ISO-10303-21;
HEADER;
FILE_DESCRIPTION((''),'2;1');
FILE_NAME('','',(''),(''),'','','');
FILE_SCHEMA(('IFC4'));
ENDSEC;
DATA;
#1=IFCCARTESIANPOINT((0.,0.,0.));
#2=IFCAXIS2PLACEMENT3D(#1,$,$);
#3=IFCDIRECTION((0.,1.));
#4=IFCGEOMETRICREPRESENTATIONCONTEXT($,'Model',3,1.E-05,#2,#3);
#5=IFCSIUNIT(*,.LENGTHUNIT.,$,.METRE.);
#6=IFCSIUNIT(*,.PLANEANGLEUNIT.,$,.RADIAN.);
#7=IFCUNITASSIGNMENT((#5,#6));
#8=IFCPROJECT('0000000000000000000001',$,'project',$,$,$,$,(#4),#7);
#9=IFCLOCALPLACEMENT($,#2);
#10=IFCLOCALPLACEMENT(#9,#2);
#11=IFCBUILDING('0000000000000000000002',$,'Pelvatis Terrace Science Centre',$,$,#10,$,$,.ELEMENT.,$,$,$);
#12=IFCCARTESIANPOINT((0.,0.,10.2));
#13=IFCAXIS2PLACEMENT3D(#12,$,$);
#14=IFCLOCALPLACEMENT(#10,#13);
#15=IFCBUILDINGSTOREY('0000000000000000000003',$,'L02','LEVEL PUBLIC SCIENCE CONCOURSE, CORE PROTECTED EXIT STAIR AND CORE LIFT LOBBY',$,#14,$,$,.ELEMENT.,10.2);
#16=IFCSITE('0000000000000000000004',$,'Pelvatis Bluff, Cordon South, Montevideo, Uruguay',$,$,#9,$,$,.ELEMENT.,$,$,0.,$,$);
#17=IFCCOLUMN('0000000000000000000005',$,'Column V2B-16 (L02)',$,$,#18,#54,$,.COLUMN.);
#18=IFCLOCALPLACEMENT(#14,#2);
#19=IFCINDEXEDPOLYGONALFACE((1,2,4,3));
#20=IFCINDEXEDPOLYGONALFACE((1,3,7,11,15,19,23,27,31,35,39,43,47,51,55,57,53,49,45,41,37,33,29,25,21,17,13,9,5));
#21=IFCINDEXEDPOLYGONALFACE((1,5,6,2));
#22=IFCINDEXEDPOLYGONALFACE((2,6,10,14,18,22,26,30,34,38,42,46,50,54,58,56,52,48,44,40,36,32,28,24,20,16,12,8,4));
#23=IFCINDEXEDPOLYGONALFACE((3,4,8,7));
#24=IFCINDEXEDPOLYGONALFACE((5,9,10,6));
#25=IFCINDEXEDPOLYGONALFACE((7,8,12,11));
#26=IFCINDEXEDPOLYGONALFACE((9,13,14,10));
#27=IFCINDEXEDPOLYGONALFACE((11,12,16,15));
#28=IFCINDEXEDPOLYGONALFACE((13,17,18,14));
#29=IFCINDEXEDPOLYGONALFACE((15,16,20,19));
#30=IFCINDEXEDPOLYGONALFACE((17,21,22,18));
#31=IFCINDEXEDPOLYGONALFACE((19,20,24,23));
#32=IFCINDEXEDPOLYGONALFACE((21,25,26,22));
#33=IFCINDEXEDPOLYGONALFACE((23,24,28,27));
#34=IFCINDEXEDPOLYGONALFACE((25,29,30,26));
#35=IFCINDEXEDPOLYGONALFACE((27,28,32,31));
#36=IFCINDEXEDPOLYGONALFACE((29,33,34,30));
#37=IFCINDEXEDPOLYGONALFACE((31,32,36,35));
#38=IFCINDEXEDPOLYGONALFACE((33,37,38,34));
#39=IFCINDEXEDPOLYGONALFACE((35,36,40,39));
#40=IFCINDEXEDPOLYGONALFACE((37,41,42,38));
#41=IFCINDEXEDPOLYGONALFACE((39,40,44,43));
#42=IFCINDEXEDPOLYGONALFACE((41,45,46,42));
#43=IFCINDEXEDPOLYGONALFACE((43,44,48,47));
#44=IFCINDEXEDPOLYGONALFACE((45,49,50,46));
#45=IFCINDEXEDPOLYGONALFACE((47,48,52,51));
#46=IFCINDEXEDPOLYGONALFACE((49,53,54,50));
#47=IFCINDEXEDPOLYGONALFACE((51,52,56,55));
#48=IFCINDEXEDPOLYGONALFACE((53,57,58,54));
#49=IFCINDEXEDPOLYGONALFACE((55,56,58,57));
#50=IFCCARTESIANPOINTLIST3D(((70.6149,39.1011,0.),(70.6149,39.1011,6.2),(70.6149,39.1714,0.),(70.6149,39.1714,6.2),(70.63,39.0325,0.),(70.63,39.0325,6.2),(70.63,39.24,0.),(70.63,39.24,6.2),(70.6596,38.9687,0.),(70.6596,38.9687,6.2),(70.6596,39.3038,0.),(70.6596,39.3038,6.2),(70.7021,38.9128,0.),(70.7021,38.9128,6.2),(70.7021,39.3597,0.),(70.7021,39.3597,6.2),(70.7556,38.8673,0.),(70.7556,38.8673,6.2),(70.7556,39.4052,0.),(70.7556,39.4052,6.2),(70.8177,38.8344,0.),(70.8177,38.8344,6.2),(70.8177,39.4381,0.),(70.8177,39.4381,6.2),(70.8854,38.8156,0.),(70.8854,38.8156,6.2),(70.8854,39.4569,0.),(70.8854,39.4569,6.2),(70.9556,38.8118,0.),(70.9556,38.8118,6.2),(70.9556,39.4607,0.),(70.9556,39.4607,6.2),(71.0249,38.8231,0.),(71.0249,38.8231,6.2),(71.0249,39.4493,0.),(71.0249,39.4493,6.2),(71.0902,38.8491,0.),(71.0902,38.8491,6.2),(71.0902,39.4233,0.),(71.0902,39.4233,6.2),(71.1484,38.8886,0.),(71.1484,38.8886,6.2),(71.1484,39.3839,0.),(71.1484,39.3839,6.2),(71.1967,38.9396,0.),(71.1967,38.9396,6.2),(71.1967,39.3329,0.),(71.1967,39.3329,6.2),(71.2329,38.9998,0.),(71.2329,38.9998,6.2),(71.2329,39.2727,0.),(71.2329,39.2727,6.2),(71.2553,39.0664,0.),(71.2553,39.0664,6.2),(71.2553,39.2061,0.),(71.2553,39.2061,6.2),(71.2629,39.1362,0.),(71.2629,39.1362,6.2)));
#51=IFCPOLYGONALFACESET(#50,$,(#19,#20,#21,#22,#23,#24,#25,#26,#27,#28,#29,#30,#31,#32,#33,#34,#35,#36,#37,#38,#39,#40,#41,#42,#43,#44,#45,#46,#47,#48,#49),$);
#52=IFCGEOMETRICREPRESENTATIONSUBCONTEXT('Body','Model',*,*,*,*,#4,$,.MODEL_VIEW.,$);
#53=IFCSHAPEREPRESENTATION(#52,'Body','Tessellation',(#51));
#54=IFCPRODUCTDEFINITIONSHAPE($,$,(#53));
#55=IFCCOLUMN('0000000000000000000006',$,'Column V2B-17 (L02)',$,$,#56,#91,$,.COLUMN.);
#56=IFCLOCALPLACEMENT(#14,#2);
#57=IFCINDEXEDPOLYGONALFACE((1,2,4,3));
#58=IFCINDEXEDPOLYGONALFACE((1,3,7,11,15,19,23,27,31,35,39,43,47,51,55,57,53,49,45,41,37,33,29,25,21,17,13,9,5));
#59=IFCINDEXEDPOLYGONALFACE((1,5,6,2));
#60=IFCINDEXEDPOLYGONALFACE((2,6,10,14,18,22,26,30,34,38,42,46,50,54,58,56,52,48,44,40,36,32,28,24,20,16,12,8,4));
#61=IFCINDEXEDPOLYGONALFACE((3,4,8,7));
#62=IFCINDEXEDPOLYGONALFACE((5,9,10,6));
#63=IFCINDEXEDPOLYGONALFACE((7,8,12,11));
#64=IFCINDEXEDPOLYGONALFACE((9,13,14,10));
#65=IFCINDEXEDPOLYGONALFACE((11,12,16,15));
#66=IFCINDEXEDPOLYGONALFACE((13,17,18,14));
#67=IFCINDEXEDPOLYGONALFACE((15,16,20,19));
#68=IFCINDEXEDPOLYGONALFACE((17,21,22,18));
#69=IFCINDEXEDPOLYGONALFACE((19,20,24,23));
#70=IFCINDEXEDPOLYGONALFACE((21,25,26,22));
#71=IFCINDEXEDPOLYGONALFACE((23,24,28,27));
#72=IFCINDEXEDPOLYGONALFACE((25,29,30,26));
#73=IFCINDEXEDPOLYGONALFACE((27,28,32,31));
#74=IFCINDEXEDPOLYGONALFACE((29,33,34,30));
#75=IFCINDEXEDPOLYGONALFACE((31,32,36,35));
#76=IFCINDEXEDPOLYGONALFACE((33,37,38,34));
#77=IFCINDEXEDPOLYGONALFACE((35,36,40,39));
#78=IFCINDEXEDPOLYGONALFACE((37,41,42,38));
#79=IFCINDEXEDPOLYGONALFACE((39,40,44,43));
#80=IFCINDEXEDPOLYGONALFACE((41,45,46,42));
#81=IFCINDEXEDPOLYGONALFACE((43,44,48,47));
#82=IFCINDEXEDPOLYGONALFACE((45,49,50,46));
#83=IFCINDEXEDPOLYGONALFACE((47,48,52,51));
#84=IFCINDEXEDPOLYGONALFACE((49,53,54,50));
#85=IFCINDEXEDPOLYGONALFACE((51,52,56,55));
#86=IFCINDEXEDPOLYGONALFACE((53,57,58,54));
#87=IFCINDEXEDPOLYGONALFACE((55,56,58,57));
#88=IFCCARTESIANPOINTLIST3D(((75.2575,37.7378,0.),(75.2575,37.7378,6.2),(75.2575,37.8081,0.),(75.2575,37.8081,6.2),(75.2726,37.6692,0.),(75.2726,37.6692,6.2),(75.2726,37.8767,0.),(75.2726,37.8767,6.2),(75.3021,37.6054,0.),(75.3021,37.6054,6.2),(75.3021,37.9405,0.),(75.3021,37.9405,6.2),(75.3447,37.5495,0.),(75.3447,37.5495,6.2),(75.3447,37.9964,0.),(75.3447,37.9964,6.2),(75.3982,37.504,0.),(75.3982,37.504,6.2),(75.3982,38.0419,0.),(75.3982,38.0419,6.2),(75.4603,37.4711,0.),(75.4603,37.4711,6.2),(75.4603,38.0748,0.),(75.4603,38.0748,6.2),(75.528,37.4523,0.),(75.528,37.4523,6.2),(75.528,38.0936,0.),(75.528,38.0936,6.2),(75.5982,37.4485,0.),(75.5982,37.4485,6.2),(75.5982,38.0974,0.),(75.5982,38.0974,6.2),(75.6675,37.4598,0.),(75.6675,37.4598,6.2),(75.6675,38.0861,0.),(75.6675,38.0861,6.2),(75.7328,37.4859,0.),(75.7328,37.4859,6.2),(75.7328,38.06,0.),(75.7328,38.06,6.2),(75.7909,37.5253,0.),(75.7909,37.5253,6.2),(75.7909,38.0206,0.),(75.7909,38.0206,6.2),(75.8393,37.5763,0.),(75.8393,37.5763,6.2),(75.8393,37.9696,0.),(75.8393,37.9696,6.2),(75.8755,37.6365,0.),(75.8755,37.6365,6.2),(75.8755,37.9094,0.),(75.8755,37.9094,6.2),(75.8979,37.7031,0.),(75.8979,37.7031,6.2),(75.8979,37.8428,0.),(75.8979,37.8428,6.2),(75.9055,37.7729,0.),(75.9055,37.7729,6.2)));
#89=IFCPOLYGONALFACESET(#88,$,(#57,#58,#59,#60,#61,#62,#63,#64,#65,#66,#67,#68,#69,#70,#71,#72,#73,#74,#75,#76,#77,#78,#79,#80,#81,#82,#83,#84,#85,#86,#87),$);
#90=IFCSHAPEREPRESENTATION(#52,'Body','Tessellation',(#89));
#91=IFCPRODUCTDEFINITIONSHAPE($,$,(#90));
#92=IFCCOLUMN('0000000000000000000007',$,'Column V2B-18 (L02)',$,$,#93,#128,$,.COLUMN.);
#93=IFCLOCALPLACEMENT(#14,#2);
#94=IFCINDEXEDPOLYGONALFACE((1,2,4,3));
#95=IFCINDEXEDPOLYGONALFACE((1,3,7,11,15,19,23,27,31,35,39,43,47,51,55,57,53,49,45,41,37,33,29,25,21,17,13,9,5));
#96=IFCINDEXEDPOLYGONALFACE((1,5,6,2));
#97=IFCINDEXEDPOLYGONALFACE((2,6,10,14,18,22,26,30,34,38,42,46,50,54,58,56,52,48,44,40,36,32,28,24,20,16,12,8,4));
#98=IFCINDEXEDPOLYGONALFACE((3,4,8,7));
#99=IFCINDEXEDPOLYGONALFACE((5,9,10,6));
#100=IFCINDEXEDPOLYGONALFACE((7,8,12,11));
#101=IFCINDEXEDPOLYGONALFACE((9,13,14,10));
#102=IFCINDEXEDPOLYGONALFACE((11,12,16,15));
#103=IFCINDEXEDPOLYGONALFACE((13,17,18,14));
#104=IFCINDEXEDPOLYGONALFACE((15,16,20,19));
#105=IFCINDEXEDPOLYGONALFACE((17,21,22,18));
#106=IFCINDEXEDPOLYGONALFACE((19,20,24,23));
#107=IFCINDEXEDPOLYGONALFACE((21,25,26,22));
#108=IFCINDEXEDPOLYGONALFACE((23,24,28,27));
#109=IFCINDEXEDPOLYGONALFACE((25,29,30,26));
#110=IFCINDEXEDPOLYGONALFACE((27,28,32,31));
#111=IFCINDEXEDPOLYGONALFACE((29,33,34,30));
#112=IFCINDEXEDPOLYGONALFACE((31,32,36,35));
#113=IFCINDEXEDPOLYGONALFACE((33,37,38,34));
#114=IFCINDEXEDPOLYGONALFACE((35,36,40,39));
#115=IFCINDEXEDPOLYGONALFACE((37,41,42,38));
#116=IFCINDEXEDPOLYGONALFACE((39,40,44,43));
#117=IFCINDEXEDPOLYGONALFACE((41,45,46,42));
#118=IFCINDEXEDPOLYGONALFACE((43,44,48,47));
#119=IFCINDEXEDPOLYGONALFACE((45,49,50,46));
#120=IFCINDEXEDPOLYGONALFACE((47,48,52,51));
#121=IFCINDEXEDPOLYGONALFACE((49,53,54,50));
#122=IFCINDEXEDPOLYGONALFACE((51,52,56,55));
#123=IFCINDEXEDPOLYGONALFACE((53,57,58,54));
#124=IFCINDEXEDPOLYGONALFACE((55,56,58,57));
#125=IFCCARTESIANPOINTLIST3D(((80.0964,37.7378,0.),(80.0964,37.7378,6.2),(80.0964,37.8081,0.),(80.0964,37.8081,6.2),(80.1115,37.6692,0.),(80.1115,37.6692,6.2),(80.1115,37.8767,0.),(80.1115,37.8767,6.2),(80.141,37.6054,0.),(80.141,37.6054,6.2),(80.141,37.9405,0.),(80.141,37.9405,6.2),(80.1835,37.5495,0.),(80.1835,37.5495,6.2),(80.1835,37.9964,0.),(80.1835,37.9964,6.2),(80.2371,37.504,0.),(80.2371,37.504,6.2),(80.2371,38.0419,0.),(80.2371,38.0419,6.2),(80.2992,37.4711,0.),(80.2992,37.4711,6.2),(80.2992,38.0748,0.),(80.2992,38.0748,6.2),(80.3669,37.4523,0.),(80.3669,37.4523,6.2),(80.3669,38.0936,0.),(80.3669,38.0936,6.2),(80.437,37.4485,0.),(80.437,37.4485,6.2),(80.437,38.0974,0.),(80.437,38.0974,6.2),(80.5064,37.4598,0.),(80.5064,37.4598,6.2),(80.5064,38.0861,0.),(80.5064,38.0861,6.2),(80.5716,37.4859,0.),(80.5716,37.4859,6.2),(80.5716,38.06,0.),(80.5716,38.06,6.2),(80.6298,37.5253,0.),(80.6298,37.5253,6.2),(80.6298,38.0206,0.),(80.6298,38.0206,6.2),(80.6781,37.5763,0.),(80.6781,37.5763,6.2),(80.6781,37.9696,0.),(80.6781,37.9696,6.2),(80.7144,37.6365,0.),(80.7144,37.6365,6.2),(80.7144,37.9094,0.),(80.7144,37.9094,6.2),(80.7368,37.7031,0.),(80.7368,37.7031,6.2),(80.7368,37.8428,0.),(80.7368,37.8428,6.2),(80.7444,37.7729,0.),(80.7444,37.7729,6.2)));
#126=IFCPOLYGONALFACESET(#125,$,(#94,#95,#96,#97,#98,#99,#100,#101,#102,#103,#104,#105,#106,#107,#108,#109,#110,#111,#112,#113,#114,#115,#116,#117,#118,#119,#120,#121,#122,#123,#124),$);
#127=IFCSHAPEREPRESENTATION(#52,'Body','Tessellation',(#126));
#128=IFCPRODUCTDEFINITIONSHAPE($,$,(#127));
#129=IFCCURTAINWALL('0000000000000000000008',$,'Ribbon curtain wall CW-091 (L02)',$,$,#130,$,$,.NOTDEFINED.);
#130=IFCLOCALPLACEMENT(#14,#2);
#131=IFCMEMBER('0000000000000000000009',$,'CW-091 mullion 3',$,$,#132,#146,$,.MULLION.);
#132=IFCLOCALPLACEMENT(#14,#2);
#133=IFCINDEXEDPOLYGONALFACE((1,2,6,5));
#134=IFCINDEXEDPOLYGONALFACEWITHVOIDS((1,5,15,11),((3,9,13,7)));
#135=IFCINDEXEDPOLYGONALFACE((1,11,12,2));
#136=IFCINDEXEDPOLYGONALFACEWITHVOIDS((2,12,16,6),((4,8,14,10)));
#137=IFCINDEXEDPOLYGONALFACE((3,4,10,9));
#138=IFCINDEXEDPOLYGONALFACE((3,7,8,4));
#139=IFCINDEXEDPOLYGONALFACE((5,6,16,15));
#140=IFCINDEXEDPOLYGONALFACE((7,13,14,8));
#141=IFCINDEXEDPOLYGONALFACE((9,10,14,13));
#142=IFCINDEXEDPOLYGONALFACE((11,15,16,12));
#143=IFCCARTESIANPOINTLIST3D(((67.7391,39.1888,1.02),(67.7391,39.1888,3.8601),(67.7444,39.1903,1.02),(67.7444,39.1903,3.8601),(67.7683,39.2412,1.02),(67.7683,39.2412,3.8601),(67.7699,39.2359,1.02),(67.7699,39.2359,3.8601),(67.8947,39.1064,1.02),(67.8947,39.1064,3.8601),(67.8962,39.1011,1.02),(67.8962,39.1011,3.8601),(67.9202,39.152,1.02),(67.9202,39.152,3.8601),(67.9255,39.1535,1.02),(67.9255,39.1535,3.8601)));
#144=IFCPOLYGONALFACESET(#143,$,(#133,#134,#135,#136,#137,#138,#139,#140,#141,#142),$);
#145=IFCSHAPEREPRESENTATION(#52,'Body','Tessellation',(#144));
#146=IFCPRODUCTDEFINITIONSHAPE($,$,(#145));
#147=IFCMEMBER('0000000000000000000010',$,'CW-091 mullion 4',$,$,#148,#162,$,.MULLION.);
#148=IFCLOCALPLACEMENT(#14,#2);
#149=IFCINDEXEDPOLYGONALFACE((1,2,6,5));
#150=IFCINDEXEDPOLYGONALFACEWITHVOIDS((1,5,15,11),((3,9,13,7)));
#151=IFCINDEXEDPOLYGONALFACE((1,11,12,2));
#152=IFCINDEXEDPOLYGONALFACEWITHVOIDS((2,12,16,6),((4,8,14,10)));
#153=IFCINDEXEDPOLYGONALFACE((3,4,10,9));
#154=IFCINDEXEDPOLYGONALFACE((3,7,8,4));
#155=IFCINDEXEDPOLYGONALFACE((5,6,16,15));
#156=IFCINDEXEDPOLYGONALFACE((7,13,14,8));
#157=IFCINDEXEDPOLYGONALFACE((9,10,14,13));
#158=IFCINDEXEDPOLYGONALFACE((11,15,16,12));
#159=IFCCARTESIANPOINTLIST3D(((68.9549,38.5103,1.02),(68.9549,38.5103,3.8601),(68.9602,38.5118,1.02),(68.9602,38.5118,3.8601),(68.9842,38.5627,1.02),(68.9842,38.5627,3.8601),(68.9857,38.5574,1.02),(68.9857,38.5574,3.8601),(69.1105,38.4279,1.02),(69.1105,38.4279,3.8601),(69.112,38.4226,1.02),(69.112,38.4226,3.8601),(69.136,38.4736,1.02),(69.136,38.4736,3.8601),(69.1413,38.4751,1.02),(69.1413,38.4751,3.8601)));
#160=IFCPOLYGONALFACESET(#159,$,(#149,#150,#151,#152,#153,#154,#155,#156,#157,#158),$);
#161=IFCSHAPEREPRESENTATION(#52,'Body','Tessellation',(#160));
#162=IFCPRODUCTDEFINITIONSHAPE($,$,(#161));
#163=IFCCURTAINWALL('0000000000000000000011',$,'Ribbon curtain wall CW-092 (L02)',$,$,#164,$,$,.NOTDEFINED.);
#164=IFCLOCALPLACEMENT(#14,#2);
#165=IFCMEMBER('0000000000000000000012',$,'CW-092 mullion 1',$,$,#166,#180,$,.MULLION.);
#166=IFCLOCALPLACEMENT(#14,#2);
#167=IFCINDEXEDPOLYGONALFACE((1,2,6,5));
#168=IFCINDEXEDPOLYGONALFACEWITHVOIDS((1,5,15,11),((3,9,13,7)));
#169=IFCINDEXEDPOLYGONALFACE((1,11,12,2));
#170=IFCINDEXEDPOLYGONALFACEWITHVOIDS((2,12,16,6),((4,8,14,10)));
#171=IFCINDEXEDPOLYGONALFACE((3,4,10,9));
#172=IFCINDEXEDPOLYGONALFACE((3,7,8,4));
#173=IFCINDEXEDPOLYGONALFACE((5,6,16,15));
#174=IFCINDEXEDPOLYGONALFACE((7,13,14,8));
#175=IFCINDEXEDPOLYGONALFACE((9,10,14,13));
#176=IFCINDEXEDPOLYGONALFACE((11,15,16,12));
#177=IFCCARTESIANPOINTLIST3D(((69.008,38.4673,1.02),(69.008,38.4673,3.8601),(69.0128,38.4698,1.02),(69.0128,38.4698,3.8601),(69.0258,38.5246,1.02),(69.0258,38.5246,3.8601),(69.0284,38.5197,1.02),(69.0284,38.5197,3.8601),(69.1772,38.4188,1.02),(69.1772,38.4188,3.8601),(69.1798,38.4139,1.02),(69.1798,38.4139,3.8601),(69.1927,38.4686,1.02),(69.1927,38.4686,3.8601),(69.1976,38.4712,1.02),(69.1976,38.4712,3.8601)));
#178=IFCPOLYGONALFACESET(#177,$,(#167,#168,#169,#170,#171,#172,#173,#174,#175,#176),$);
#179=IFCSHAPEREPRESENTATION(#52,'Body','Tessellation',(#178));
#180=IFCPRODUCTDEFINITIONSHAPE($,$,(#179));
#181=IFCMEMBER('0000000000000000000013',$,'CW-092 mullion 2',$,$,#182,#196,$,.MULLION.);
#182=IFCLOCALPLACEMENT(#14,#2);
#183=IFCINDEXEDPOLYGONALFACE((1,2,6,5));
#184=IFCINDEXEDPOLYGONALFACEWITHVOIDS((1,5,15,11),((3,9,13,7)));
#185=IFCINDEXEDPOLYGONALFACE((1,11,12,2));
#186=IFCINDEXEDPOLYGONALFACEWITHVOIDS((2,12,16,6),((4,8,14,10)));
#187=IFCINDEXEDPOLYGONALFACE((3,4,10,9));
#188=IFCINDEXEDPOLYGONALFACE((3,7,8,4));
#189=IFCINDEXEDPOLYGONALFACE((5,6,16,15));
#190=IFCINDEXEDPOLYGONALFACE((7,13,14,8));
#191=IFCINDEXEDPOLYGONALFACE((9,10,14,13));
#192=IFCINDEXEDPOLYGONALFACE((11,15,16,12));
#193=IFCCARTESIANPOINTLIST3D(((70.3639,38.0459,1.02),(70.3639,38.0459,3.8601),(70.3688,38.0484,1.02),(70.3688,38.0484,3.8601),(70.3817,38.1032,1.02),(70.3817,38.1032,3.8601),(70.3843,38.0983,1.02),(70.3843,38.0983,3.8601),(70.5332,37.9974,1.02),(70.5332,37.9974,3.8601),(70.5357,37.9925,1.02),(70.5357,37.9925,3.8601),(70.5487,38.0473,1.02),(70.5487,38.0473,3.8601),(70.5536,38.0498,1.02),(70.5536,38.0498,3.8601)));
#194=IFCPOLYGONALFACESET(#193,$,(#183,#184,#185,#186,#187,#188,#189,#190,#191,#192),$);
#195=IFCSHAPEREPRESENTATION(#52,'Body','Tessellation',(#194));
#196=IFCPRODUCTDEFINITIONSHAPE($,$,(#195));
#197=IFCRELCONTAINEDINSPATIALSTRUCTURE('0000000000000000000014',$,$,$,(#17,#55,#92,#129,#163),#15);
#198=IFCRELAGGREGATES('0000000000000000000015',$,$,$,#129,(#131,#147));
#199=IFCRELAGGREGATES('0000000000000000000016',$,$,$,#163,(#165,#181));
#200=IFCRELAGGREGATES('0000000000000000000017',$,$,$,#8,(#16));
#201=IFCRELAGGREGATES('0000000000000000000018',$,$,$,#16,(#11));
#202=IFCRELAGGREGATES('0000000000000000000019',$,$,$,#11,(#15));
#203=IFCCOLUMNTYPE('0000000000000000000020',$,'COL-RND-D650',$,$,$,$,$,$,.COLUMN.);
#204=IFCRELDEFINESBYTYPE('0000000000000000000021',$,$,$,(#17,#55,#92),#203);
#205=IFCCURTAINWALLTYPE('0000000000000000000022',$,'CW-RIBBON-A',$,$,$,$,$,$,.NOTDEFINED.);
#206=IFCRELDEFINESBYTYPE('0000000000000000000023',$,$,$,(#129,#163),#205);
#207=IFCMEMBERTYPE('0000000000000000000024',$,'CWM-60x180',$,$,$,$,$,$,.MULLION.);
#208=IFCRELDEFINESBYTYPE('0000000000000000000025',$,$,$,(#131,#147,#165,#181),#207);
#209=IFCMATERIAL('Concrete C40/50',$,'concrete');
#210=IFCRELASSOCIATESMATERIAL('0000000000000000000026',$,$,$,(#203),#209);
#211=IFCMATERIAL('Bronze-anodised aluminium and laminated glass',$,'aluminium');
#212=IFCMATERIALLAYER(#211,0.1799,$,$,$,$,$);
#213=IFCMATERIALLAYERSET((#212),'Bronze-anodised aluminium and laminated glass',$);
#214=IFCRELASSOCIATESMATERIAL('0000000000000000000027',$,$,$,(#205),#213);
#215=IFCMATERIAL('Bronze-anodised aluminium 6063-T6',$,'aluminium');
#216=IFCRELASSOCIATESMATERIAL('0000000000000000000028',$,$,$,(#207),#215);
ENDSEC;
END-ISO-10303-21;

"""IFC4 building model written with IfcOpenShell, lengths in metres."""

from ifc_helpers import new_model, si_unit, direction, frame, origin, origin_2d, place, context, subcontext, project, spatial, hollow_rectangle, circle, extrude, material, layer, layer_set, material_profile, profile_set, type_object, element, aggregate, save


model = new_model("IFC4")

# Units and contexts
model_context = context("Model", 3, precision=1e-05, world=origin(), true_north=direction((0.0, 1.0)))
body_context = subcontext(model_context, "Body", "Model", "MODEL_VIEW")
ifc_project = project(units=[si_unit("LENGTHUNIT", "METRE"), si_unit("PLANEANGLEUNIT", "RADIAN")], contexts=[model_context])

# Site, building, storey
site_placement = place(None, origin())
site = spatial("IfcSite", under=ifc_project, at=site_placement, Name="Pelvatis Bluff, Cordon South, Montevideo, Uruguay", CompositionType="ELEMENT", RefElevation=0.0)
building_placement = place(site_placement, origin())
building = spatial("IfcBuilding", under=site, at=building_placement, Name="Pelvatis Terrace Science Centre", CompositionType="ELEMENT")
storey_placement = place(building_placement, frame((0.0, 0.0, 10.2)))
storey = spatial("IfcBuildingStorey", under=building, at=storey_placement, Name="L02", Description="LEVEL PUBLIC SCIENCE CONCOURSE, CORE PROTECTED EXIT STAIR AND CORE LIFT LOBBY", CompositionType="ELEMENT", Elevation=10.2)

# Columns
ifc_material_1 = material(Name="Concrete C40/50", Category="concrete")
ifc_material_profile_1 = material_profile(ifc_material_1, circle(Radius=0.325, at=origin_2d()), Name="RC-RCOL D650")
ifc_profile_set_1 = profile_set([ifc_material_profile_1], Name="Concrete C40/50")
column_type = type_object("IfcColumnType", Name="COL-RND-D650", PredefinedType="COLUMN", material=ifc_profile_set_1)
for number, where, z_axis, x_axis, name in (
    (1, (70.938, 39.1362, 0.0), (0.0, 0.0, 1.0), (1.0, 0.0, 0.0), "Column V2B-16 (L02)"),
    (2, (75.5806, 37.7729, 0.0), (0.0, 0.0, 1.0), (1.0, 0.0, 0.0), "Column V2B-17 (L02)"),
    (3, (80.4194, 37.7729, 0.0), (0.0, 0.0, 1.0), (1.0, 0.0, 0.0), "Column V2B-18 (L02)"),
):
    element("IfcColumn", number, at=place(storey_placement, frame(where, z_axis=z_axis, x_axis=x_axis)), inside=storey, type_object=column_type, Name=name, PredefinedType="COLUMN", context=body_context, shape_type="SweptSolid", body=[
        extrude(circle(Radius=0.325, at=origin_2d()), origin(), (0.0, 0.0, 1.0), 6.2),
    ])

# Curtain walls, members
ifc_material_2 = material(Name="Bronze-anodised aluminium and laminated glass", Category="aluminium")
ifc_layer_1 = layer(ifc_material_2, 0.1799)
ifc_layer_set_1 = layer_set([ifc_layer_1], Name="Bronze-anodised aluminium and laminated glass")
curtain_wall_type = type_object("IfcCurtainWallType", Name="CW-RIBBON-A", PredefinedType="NOTDEFINED", material=ifc_layer_set_1)
curtain_wall_1_placement = place(storey_placement, origin())
curtain_wall_1 = element("IfcCurtainWall", 4, at=curtain_wall_1_placement, inside=storey, type_object=curtain_wall_type, Name="Ribbon curtain wall CW-091 (L02)", PredefinedType="NOTDEFINED")
ifc_material_3 = material(Name="Bronze-anodised aluminium 6063-T6", Category="aluminium")
ifc_material_profile_2 = material_profile(ifc_material_3, hollow_rectangle(XDim=0.0601, YDim=0.1799, WallThickness=0.0039, at=origin_2d()), Name="ALU-MUL 60x180")
ifc_profile_set_2 = profile_set([ifc_material_profile_2], Name="Bronze-anodised aluminium 6063-T6")
member_type_1 = type_object("IfcMemberType", Name="CWM-60x180", PredefinedType="MULLION", material=ifc_profile_set_2)
member_1_placement = place(storey_placement, frame((67.8323, 39.1711, 1.02), z_axis=(0.0, 0.0, 1.0), x_axis=(0.487256, 0.873259, 0.0)))
member_1 = element("IfcMember", 5, at=member_1_placement, type_object=member_type_1, Name="CW-091 mullion 3", PredefinedType="MULLION", context=body_context, shape_type="SweptSolid", body=[
    extrude(hollow_rectangle(XDim=0.0601, YDim=0.1799, WallThickness=0.0039, at=origin_2d()), origin(), (0.0, 0.0, 1.0), 2.8401),
])
member_2_placement = place(storey_placement, frame((69.0481, 38.4927, 1.02), z_axis=(0.0, 0.0, 1.0), x_axis=(0.487256, 0.873259, 0.0)))
member_2 = element("IfcMember", 6, at=member_2_placement, type_object=member_type_1, Name="CW-091 mullion 4", PredefinedType="MULLION", context=body_context, shape_type="SweptSolid", body=[
    extrude(hollow_rectangle(XDim=0.0601, YDim=0.1799, WallThickness=0.0039, at=origin_2d()), origin(), (0.0, 0.0, 1.0), 2.8401),
])
curtain_wall_2_placement = place(storey_placement, origin())
curtain_wall_2 = element("IfcCurtainWall", 7, at=curtain_wall_2_placement, inside=storey, type_object=curtain_wall_type, Name="Ribbon curtain wall CW-092 (L02)", PredefinedType="NOTDEFINED")
member_3_placement = place(storey_placement, frame((69.1028, 38.4692, 1.02), z_axis=(0.0, 0.0, 1.0), x_axis=(0.296744, 0.954957, 0.0)))
member_3 = element("IfcMember", 8, at=member_3_placement, type_object=member_type_1, Name="CW-092 mullion 1", PredefinedType="MULLION", context=body_context, shape_type="SweptSolid", body=[
    extrude(hollow_rectangle(XDim=0.0601, YDim=0.1799, WallThickness=0.0039, at=origin_2d()), origin(), (0.0, 0.0, 1.0), 2.8401),
])
member_4_placement = place(storey_placement, frame((70.4587, 38.0479, 1.02), z_axis=(0.0, 0.0, 1.0), x_axis=(0.296744, 0.954957, 0.0)))
member_4 = element("IfcMember", 9, at=member_4_placement, type_object=member_type_1, Name="CW-092 mullion 2", PredefinedType="MULLION", context=body_context, shape_type="SweptSolid", body=[
    extrude(hollow_rectangle(XDim=0.0601, YDim=0.1799, WallThickness=0.0039, at=origin_2d()), origin(), (0.0, 0.0, 1.0), 2.8401),
])

aggregate(curtain_wall_1, [member_1, member_2])
aggregate(curtain_wall_2, [member_3, member_4])

save(model, "model.ifc")
